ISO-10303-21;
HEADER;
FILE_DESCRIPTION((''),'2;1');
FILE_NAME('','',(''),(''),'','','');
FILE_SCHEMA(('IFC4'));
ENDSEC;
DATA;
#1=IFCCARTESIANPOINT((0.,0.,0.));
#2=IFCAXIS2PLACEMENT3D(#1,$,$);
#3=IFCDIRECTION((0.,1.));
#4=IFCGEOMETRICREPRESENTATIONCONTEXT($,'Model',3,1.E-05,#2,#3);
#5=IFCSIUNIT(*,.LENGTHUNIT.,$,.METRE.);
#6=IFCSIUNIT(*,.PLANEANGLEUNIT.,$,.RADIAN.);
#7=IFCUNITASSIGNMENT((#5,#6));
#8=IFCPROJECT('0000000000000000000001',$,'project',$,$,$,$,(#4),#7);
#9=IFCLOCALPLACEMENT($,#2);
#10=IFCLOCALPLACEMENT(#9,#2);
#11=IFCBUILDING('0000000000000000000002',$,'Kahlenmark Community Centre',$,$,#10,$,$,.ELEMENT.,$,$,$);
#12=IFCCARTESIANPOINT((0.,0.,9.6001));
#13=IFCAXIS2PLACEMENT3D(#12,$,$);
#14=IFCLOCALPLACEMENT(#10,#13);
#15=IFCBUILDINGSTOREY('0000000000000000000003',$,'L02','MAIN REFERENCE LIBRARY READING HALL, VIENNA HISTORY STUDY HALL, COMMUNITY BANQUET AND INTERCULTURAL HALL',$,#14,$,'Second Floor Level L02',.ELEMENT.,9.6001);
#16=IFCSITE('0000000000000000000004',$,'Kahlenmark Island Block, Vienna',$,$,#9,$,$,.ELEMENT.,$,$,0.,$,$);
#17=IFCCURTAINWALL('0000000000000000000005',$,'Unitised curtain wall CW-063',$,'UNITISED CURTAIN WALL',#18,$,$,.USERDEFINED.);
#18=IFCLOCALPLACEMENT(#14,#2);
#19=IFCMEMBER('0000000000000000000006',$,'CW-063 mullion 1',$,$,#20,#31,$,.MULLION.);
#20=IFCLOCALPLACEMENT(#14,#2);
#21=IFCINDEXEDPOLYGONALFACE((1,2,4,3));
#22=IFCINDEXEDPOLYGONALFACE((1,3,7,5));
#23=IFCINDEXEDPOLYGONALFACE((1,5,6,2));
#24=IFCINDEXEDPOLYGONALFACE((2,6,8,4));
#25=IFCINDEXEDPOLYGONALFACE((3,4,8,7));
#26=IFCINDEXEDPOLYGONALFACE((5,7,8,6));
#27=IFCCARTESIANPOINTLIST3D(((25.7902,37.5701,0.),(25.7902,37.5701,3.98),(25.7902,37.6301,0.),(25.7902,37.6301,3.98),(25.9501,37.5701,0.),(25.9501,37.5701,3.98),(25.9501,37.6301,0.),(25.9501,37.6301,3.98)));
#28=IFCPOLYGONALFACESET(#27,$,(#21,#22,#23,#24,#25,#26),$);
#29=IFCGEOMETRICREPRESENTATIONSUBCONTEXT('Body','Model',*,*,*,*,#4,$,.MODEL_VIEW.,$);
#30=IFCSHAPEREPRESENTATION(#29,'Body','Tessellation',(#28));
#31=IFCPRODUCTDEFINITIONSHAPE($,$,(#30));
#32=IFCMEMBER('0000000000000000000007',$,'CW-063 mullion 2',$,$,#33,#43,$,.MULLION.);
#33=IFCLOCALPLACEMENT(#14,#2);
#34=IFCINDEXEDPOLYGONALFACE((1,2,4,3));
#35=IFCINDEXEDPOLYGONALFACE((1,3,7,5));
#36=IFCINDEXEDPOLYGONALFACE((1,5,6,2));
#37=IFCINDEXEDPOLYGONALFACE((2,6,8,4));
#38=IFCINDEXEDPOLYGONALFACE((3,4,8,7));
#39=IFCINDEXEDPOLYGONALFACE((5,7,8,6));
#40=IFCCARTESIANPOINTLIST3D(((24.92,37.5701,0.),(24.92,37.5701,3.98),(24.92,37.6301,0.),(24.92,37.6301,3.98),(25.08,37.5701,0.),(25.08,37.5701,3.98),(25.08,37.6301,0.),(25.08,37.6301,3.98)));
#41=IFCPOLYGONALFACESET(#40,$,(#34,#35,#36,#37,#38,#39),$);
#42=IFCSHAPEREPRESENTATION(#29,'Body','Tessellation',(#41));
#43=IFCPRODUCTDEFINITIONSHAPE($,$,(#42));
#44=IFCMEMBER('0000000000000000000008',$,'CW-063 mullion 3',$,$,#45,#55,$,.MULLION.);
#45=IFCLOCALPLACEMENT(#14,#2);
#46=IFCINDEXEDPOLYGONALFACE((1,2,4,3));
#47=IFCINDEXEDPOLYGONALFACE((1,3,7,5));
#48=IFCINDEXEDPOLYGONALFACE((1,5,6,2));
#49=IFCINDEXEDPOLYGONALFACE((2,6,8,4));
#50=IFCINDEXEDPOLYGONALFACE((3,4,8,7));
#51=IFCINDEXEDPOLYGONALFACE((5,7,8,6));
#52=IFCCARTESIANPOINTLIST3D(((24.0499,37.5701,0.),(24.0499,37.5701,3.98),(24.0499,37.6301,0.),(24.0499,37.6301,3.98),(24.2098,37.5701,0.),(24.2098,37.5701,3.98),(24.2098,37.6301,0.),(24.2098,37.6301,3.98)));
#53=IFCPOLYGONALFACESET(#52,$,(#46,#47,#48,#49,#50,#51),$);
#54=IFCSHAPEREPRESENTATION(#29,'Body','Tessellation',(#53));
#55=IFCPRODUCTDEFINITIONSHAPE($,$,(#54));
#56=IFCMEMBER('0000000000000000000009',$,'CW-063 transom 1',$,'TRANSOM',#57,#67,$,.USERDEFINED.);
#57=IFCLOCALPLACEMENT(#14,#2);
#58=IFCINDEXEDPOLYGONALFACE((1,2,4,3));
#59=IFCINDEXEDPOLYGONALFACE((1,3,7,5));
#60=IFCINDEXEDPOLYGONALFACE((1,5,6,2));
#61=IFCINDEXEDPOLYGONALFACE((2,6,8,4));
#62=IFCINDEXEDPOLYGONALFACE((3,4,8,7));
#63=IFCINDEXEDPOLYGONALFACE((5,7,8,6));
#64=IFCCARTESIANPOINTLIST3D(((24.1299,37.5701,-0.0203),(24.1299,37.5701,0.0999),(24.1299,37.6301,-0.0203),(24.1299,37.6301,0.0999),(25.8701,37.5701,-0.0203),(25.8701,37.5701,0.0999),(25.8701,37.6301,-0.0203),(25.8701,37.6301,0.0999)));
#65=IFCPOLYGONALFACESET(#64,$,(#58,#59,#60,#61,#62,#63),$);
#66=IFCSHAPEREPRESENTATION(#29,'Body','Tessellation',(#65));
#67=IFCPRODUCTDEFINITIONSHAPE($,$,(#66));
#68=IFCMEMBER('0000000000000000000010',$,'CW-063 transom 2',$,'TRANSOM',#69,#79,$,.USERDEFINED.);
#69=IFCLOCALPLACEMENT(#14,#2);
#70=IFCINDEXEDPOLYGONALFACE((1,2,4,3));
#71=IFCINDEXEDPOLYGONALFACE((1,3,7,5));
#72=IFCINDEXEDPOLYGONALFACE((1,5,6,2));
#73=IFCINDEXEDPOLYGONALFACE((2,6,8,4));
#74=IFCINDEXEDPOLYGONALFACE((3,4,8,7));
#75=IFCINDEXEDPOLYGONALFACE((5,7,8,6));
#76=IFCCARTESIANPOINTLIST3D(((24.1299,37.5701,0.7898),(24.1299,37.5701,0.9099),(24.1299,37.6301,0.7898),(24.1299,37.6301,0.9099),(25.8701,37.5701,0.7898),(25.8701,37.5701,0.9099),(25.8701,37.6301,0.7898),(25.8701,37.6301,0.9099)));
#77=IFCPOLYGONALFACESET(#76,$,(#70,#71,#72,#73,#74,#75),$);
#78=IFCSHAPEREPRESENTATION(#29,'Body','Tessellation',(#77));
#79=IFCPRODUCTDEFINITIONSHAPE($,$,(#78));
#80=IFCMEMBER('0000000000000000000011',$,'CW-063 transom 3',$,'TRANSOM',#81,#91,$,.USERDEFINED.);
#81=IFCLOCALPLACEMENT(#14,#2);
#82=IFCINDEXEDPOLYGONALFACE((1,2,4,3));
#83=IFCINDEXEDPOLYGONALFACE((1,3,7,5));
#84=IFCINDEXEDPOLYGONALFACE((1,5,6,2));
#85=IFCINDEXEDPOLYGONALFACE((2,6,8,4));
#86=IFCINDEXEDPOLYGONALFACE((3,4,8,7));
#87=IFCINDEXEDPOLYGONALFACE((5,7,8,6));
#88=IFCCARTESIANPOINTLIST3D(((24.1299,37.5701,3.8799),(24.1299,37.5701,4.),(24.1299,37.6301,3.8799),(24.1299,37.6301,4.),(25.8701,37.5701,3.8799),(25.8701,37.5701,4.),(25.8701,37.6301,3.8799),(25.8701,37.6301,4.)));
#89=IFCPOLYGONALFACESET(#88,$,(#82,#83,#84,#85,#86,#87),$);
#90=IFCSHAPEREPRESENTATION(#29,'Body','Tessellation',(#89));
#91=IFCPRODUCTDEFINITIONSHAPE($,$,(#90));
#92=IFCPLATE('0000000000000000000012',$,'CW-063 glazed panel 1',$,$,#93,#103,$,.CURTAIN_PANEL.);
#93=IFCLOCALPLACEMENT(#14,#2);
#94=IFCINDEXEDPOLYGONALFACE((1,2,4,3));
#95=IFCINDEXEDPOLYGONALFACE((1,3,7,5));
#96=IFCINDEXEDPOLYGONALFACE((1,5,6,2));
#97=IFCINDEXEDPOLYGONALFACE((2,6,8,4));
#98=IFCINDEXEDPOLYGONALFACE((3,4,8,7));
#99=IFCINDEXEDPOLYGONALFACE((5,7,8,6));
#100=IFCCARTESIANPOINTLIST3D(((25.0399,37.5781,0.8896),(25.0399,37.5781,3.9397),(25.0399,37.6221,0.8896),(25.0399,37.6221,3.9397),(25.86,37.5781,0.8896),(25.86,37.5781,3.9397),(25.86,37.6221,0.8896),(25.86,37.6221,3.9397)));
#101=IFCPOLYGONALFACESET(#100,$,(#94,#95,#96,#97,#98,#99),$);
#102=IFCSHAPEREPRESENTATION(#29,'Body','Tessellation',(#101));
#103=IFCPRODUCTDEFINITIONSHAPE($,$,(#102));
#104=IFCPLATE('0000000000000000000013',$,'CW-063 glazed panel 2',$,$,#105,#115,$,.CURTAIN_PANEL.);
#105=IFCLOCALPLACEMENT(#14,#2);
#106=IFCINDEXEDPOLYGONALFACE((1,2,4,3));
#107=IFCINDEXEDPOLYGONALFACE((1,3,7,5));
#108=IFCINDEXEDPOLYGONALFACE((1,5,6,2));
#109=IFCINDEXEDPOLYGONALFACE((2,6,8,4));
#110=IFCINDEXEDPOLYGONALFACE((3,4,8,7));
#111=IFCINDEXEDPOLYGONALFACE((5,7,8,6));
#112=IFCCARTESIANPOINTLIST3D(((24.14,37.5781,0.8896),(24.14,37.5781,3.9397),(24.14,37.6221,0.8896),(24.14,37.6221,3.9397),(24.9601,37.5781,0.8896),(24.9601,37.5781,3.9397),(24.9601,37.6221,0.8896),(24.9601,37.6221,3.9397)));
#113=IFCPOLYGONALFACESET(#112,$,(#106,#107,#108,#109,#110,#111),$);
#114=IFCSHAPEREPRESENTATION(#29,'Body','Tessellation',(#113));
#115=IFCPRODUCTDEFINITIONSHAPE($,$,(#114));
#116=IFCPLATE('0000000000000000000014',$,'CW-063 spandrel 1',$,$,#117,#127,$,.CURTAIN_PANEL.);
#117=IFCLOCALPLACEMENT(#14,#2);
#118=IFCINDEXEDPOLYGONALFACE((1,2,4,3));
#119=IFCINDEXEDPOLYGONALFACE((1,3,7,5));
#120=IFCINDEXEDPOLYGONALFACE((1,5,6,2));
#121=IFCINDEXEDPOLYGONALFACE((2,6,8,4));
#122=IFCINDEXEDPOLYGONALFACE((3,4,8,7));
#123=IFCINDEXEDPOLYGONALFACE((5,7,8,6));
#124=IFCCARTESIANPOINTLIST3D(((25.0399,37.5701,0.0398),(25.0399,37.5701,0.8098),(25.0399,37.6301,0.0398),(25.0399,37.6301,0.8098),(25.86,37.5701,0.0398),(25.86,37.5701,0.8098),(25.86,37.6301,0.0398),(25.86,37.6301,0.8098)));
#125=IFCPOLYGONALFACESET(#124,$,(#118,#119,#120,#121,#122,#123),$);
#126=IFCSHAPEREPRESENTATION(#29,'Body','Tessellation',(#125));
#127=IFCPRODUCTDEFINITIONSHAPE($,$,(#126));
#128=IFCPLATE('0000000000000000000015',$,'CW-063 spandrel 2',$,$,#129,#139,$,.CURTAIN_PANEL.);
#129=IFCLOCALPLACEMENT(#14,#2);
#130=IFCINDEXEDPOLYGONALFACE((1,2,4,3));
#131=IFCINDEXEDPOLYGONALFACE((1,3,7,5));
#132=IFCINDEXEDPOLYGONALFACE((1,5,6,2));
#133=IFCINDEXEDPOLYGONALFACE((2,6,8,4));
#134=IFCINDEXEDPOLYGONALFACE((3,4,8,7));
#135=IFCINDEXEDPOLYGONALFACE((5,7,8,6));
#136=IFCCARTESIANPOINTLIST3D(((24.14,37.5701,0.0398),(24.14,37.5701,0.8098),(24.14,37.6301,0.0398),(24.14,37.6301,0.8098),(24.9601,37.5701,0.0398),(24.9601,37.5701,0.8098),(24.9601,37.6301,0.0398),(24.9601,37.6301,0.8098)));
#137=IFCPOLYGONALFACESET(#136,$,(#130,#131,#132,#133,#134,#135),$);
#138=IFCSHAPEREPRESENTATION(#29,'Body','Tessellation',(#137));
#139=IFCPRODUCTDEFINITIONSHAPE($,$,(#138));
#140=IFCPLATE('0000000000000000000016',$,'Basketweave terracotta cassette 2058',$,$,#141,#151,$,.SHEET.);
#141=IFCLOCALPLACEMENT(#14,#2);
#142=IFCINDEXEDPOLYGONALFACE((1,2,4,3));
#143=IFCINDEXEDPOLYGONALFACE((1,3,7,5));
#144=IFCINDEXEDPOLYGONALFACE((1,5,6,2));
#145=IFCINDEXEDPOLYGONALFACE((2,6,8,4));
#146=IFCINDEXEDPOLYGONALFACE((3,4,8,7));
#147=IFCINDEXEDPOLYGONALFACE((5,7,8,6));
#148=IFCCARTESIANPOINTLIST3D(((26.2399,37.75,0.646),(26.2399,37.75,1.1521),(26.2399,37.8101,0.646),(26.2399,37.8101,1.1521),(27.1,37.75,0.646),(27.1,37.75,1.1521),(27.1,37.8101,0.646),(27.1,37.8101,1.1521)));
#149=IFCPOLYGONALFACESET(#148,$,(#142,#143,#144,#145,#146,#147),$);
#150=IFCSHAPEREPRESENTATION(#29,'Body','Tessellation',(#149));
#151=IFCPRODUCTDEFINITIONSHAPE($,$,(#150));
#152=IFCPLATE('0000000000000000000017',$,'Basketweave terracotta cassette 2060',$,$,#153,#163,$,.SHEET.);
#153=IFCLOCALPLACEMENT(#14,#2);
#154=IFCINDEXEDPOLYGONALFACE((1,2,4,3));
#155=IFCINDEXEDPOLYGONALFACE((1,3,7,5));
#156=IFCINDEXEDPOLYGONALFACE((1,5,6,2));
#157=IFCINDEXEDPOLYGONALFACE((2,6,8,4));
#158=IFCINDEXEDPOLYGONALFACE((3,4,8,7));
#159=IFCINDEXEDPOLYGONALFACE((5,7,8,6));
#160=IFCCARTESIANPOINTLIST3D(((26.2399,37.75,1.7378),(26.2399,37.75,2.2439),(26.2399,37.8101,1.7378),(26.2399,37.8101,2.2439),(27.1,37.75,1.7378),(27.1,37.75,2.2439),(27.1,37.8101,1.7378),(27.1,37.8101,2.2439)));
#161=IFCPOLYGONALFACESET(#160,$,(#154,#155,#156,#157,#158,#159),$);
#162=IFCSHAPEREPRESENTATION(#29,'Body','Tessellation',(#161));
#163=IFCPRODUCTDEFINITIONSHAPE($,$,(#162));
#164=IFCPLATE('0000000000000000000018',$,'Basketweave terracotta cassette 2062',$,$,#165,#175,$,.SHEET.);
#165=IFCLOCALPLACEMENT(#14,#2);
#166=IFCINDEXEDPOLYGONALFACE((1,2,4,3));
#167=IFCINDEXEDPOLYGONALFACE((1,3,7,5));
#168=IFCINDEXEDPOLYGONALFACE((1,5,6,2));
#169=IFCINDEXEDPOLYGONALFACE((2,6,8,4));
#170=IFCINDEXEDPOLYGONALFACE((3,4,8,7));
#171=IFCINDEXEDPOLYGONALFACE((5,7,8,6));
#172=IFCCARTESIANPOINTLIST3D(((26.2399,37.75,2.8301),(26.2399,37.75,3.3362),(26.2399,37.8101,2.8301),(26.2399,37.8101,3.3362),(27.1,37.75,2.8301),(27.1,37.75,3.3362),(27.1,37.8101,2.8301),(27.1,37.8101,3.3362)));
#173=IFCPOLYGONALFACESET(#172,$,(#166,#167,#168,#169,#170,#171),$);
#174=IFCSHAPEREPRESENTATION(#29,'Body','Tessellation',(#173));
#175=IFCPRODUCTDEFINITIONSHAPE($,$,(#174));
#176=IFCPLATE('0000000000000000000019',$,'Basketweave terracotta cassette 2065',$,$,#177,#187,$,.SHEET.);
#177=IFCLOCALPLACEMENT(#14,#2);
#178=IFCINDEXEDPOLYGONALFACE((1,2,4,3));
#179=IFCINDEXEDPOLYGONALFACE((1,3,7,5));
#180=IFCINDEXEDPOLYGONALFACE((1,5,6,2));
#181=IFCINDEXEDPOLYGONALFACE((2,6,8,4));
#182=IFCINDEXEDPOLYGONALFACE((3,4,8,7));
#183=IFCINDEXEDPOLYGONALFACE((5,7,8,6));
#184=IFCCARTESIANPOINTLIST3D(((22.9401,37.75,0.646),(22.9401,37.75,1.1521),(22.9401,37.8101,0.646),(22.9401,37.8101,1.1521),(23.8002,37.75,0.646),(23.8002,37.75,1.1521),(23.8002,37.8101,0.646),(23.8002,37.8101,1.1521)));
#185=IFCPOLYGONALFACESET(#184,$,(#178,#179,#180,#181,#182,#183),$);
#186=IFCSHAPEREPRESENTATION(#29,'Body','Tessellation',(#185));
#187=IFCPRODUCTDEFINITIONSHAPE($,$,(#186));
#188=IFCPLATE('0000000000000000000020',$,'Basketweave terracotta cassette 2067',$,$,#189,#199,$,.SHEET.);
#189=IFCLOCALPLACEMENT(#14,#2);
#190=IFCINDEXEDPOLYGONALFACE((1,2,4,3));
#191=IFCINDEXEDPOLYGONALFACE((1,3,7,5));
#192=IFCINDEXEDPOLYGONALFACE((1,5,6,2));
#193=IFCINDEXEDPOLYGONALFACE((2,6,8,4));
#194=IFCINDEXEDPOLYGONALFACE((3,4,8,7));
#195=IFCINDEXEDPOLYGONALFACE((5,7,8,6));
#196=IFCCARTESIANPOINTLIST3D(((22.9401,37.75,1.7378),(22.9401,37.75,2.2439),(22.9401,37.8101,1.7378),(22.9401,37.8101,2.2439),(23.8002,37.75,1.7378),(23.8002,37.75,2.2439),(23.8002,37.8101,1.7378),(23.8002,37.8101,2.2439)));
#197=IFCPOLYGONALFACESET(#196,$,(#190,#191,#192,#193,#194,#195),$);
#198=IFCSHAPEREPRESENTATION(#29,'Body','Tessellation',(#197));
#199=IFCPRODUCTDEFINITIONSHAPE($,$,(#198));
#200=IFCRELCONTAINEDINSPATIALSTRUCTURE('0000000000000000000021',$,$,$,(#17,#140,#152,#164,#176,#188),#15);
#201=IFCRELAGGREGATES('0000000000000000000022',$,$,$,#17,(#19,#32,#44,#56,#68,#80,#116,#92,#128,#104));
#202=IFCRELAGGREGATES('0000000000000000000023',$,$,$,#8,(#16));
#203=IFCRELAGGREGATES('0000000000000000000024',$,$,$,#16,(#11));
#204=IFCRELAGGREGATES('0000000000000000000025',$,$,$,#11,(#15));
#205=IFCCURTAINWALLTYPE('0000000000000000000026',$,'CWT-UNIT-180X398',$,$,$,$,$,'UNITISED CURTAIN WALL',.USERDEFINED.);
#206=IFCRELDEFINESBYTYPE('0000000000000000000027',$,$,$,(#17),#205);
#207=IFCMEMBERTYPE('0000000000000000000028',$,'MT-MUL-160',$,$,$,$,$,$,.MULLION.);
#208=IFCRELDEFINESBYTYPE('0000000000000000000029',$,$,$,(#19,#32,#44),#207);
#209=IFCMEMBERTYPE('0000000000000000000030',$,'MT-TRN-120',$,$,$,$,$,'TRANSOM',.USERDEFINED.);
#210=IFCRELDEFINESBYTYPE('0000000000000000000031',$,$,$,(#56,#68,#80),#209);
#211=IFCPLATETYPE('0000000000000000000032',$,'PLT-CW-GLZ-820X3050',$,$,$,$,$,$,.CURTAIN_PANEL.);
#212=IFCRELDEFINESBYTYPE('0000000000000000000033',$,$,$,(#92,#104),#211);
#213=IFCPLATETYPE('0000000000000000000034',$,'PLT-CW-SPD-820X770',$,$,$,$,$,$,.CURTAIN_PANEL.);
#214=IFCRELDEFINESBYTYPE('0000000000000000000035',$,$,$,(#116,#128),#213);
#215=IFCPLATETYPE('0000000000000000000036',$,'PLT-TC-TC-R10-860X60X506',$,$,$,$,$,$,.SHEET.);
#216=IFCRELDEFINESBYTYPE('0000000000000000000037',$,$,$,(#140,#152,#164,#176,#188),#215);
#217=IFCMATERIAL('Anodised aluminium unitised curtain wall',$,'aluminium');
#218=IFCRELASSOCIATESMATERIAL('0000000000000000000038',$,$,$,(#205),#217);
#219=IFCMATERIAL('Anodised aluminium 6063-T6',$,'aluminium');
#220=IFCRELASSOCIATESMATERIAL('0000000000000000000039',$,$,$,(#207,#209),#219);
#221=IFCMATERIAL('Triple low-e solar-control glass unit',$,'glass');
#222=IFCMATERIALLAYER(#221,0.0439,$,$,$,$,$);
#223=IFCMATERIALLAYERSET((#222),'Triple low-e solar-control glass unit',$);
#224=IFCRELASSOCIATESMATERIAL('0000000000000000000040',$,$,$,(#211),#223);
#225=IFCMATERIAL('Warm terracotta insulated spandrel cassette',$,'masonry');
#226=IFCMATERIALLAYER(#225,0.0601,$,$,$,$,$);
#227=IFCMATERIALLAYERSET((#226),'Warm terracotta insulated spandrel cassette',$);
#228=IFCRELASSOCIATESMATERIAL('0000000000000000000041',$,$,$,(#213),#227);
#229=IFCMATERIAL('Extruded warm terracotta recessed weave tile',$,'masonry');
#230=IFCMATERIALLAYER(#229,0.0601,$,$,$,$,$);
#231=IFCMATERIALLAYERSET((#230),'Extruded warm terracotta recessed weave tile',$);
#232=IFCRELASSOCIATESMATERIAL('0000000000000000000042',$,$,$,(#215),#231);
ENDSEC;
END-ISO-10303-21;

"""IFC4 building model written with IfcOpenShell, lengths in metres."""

from ifc_helpers import new_model, si_unit, direction, frame, origin, origin_2d, place, context, subcontext, project, spatial, rectangle, extrude, material, layer, layer_set, material_profile, profile_set, type_object, element, aggregate, save


model = new_model("IFC4")

# Units and contexts
model_context = context("Model", 3, precision=1e-05, world=origin(), true_north=direction((0.0, 1.0)))
body_context = subcontext(model_context, "Body", "Model", "MODEL_VIEW")
ifc_project = project(units=[si_unit("LENGTHUNIT", "METRE"), si_unit("PLANEANGLEUNIT", "RADIAN")], contexts=[model_context])

# Site, building, storey
site_placement = place(None, origin())
site = spatial("IfcSite", under=ifc_project, at=site_placement, Name="Kahlenmark Island Block, Vienna", CompositionType="ELEMENT", RefElevation=0.0)
building_placement = place(site_placement, origin())
building = spatial("IfcBuilding", under=site, at=building_placement, Name="Kahlenmark Community Centre", CompositionType="ELEMENT")
storey_placement = place(building_placement, frame((0.0, 0.0, 9.6001)))
storey = spatial("IfcBuildingStorey", under=building, at=storey_placement, Name="L02", Description="MAIN REFERENCE LIBRARY READING HALL, VIENNA HISTORY STUDY HALL, COMMUNITY BANQUET AND INTERCULTURAL HALL", LongName="Second Floor Level L02", CompositionType="ELEMENT", Elevation=9.6001)

# Curtain wall, members, plates
ifc_material_1 = material(Name="Anodised aluminium unitised curtain wall", Category="aluminium")
curtain_wall_type = type_object("IfcCurtainWallType", Name="CWT-UNIT-180X398", ElementType="UNITISED CURTAIN WALL", PredefinedType="USERDEFINED", material=ifc_material_1)
curtain_wall_placement = place(storey_placement, origin())
curtain_wall = element("IfcCurtainWall", 1, at=curtain_wall_placement, inside=storey, type_object=curtain_wall_type, Name="Unitised curtain wall CW-063", ObjectType="UNITISED CURTAIN WALL", PredefinedType="USERDEFINED")
ifc_material_2 = material(Name="Anodised aluminium 6063-T6", Category="aluminium")
ifc_material_profile_1 = material_profile(ifc_material_2, rectangle(XDim=0.0601, YDim=0.1599, at=origin_2d()), Name="ALU MULLION 60x160")
ifc_profile_set_1 = profile_set([ifc_material_profile_1], Name="Anodised aluminium 6063-T6")
member_type_1 = type_object("IfcMemberType", Name="MT-MUL-160", PredefinedType="MULLION", material=ifc_profile_set_1)
member_1_placement = place(storey_placement, frame((25.8701, 37.6001, 0.0), z_axis=(0.0, 0.0, 1.0), x_axis=(0.0, -1.0, 0.0)))
member_1 = element("IfcMember", 2, at=member_1_placement, type_object=member_type_1, Name="CW-063 mullion 1", PredefinedType="MULLION", context=body_context, shape_type="SweptSolid", body=[
    extrude(rectangle(XDim=0.0601, YDim=0.1599, at=origin_2d()), origin(), (0.0, 0.0, 1.0), 3.98),
])
member_2_placement = place(storey_placement, frame((25.0, 37.6001, 0.0), z_axis=(0.0, 0.0, 1.0), x_axis=(0.0, -1.0, 0.0)))
member_2 = element("IfcMember", 3, at=member_2_placement, type_object=member_type_1, Name="CW-063 mullion 2", PredefinedType="MULLION", context=body_context, shape_type="SweptSolid", body=[
    extrude(rectangle(XDim=0.0601, YDim=0.1599, at=origin_2d()), origin(), (0.0, 0.0, 1.0), 3.98),
])
member_3_placement = place(storey_placement, frame((24.1299, 37.6001, 0.0), z_axis=(0.0, 0.0, 1.0), x_axis=(0.0, -1.0, 0.0)))
member_3 = element("IfcMember", 4, at=member_3_placement, type_object=member_type_1, Name="CW-063 mullion 3", PredefinedType="MULLION", context=body_context, shape_type="SweptSolid", body=[
    extrude(rectangle(XDim=0.0601, YDim=0.1599, at=origin_2d()), origin(), (0.0, 0.0, 1.0), 3.98),
])
ifc_material_profile_2 = material_profile(ifc_material_2, rectangle(XDim=0.0601, YDim=0.1201, at=origin_2d()), Name="ALU TRANSOM 60x120")
ifc_profile_set_2 = profile_set([ifc_material_profile_2], Name="Anodised aluminium 6063-T6")
member_type_2 = type_object("IfcMemberType", Name="MT-TRN-120", ElementType="TRANSOM", PredefinedType="USERDEFINED", material=ifc_profile_set_2)
member_4_placement = place(storey_placement, frame((25.8701, 37.6001, 0.0398), z_axis=(-1.0, 0.0, 0.0), x_axis=(0.0, -1.0, 0.0)))
member_4 = element("IfcMember", 5, at=member_4_placement, type_object=member_type_2, Name="CW-063 transom 1", ObjectType="TRANSOM", PredefinedType="USERDEFINED", context=body_context, shape_type="SweptSolid", body=[
    extrude(rectangle(XDim=0.0601, YDim=0.1201, at=origin_2d()), origin(), (0.0, 0.0, 1.0), 1.7402),
])
member_5_placement = place(storey_placement, frame((25.8701, 37.6001, 0.8499), z_axis=(-1.0, 0.0, 0.0), x_axis=(0.0, -1.0, 0.0)))
member_5 = element("IfcMember", 6, at=member_5_placement, type_object=member_type_2, Name="CW-063 transom 2", ObjectType="TRANSOM", PredefinedType="USERDEFINED", context=body_context, shape_type="SweptSolid", body=[
    extrude(rectangle(XDim=0.0601, YDim=0.1201, at=origin_2d()), origin(), (0.0, 0.0, 1.0), 1.7402),
])
member_6_placement = place(storey_placement, frame((25.8701, 37.6001, 3.9399), z_axis=(-1.0, 0.0, 0.0), x_axis=(0.0, -1.0, 0.0)))
member_6 = element("IfcMember", 7, at=member_6_placement, type_object=member_type_2, Name="CW-063 transom 3", ObjectType="TRANSOM", PredefinedType="USERDEFINED", context=body_context, shape_type="SweptSolid", body=[
    extrude(rectangle(XDim=0.0601, YDim=0.1201, at=origin_2d()), origin(), (0.0, 0.0, 1.0), 1.7402),
])
ifc_material_3 = material(Name="Triple low-e solar-control glass unit", Category="glass")
ifc_layer_1 = layer(ifc_material_3, 0.0439)
ifc_layer_set_1 = layer_set([ifc_layer_1], Name="Triple low-e solar-control glass unit")
plate_type_1 = type_object("IfcPlateType", Name="PLT-CW-GLZ-820X3050", PredefinedType="CURTAIN_PANEL", material=ifc_layer_set_1)
plate_1_placement = place(storey_placement, frame((25.45, 37.6001, 0.8896), z_axis=(0.0, 0.0, 1.0), x_axis=(-1.0, 0.0, 0.0)))
plate_1 = element("IfcPlate", 8, at=plate_1_placement, type_object=plate_type_1, Name="CW-063 glazed panel 1", PredefinedType="CURTAIN_PANEL", context=body_context, shape_type="SweptSolid", body=[
    extrude(rectangle(XDim=0.8201, YDim=0.0439, at=origin_2d()), origin(), (0.0, 0.0, 1.0), 3.05),
])
plate_2_placement = place(storey_placement, frame((24.55, 37.6001, 0.8896), z_axis=(0.0, 0.0, 1.0), x_axis=(-1.0, 0.0, 0.0)))
plate_2 = element("IfcPlate", 9, at=plate_2_placement, type_object=plate_type_1, Name="CW-063 glazed panel 2", PredefinedType="CURTAIN_PANEL", context=body_context, shape_type="SweptSolid", body=[
    extrude(rectangle(XDim=0.8201, YDim=0.0439, at=origin_2d()), origin(), (0.0, 0.0, 1.0), 3.05),
])
ifc_material_4 = material(Name="Warm terracotta insulated spandrel cassette", Category="masonry")
ifc_layer_2 = layer(ifc_material_4, 0.0601)
ifc_layer_set_2 = layer_set([ifc_layer_2], Name="Warm terracotta insulated spandrel cassette")
plate_type_2 = type_object("IfcPlateType", Name="PLT-CW-SPD-820X770", PredefinedType="CURTAIN_PANEL", material=ifc_layer_set_2)
plate_3_placement = place(storey_placement, frame((25.45, 37.6001, 0.0398), z_axis=(0.0, 0.0, 1.0), x_axis=(-1.0, 0.0, 0.0)))
plate_3 = element("IfcPlate", 10, at=plate_3_placement, type_object=plate_type_2, Name="CW-063 spandrel 1", PredefinedType="CURTAIN_PANEL", context=body_context, shape_type="SweptSolid", body=[
    extrude(rectangle(XDim=0.8201, YDim=0.0601, at=origin_2d()), origin(), (0.0, 0.0, 1.0), 0.77),
])
plate_4_placement = place(storey_placement, frame((24.55, 37.6001, 0.0398), z_axis=(0.0, 0.0, 1.0), x_axis=(-1.0, 0.0, 0.0)))
plate_4 = element("IfcPlate", 11, at=plate_4_placement, type_object=plate_type_2, Name="CW-063 spandrel 2", PredefinedType="CURTAIN_PANEL", context=body_context, shape_type="SweptSolid", body=[
    extrude(rectangle(XDim=0.8201, YDim=0.0601, at=origin_2d()), origin(), (0.0, 0.0, 1.0), 0.77),
])
aggregate(curtain_wall, [member_1, member_2, member_3, member_4, member_5, member_6, plate_3, plate_1, plate_4, plate_2])

# Plates
ifc_material_5 = material(Name="Extruded warm terracotta recessed weave tile", Category="masonry")
ifc_layer_3 = layer(ifc_material_5, 0.0601)
ifc_layer_set_3 = layer_set([ifc_layer_3], Name="Extruded warm terracotta recessed weave tile")
plate_type_3 = type_object("IfcPlateType", Name="PLT-TC-TC-R10-860X60X506", PredefinedType="SHEET", material=ifc_layer_set_3)
for number, where, z_axis, x_axis, name in (
    (12, (26.6699, 37.78, 0.646), (0.0, 0.0, 1.0), (-1.0, 0.0, 0.0), "Basketweave terracotta cassette 2058"),
    (13, (26.6699, 37.78, 1.7378), (0.0, 0.0, 1.0), (-1.0, 0.0, 0.0), "Basketweave terracotta cassette 2060"),
    (14, (26.6699, 37.78, 2.8301), (0.0, 0.0, 1.0), (-1.0, 0.0, 0.0), "Basketweave terracotta cassette 2062"),
    (15, (23.3701, 37.78, 0.646), (0.0, 0.0, 1.0), (-1.0, 0.0, 0.0), "Basketweave terracotta cassette 2065"),
    (16, (23.3701, 37.78, 1.7378), (0.0, 0.0, 1.0), (-1.0, 0.0, 0.0), "Basketweave terracotta cassette 2067"),
):
    element("IfcPlate", number, at=place(storey_placement, frame(where, z_axis=z_axis, x_axis=x_axis)), inside=storey, type_object=plate_type_3, Name=name, PredefinedType="SHEET", context=body_context, shape_type="SweptSolid", body=[
        extrude(rectangle(XDim=0.8601, YDim=0.0601, at=origin_2d()), origin(), (0.0, 0.0, 1.0), 0.5061),
    ])

save(model, "model.ifc")
